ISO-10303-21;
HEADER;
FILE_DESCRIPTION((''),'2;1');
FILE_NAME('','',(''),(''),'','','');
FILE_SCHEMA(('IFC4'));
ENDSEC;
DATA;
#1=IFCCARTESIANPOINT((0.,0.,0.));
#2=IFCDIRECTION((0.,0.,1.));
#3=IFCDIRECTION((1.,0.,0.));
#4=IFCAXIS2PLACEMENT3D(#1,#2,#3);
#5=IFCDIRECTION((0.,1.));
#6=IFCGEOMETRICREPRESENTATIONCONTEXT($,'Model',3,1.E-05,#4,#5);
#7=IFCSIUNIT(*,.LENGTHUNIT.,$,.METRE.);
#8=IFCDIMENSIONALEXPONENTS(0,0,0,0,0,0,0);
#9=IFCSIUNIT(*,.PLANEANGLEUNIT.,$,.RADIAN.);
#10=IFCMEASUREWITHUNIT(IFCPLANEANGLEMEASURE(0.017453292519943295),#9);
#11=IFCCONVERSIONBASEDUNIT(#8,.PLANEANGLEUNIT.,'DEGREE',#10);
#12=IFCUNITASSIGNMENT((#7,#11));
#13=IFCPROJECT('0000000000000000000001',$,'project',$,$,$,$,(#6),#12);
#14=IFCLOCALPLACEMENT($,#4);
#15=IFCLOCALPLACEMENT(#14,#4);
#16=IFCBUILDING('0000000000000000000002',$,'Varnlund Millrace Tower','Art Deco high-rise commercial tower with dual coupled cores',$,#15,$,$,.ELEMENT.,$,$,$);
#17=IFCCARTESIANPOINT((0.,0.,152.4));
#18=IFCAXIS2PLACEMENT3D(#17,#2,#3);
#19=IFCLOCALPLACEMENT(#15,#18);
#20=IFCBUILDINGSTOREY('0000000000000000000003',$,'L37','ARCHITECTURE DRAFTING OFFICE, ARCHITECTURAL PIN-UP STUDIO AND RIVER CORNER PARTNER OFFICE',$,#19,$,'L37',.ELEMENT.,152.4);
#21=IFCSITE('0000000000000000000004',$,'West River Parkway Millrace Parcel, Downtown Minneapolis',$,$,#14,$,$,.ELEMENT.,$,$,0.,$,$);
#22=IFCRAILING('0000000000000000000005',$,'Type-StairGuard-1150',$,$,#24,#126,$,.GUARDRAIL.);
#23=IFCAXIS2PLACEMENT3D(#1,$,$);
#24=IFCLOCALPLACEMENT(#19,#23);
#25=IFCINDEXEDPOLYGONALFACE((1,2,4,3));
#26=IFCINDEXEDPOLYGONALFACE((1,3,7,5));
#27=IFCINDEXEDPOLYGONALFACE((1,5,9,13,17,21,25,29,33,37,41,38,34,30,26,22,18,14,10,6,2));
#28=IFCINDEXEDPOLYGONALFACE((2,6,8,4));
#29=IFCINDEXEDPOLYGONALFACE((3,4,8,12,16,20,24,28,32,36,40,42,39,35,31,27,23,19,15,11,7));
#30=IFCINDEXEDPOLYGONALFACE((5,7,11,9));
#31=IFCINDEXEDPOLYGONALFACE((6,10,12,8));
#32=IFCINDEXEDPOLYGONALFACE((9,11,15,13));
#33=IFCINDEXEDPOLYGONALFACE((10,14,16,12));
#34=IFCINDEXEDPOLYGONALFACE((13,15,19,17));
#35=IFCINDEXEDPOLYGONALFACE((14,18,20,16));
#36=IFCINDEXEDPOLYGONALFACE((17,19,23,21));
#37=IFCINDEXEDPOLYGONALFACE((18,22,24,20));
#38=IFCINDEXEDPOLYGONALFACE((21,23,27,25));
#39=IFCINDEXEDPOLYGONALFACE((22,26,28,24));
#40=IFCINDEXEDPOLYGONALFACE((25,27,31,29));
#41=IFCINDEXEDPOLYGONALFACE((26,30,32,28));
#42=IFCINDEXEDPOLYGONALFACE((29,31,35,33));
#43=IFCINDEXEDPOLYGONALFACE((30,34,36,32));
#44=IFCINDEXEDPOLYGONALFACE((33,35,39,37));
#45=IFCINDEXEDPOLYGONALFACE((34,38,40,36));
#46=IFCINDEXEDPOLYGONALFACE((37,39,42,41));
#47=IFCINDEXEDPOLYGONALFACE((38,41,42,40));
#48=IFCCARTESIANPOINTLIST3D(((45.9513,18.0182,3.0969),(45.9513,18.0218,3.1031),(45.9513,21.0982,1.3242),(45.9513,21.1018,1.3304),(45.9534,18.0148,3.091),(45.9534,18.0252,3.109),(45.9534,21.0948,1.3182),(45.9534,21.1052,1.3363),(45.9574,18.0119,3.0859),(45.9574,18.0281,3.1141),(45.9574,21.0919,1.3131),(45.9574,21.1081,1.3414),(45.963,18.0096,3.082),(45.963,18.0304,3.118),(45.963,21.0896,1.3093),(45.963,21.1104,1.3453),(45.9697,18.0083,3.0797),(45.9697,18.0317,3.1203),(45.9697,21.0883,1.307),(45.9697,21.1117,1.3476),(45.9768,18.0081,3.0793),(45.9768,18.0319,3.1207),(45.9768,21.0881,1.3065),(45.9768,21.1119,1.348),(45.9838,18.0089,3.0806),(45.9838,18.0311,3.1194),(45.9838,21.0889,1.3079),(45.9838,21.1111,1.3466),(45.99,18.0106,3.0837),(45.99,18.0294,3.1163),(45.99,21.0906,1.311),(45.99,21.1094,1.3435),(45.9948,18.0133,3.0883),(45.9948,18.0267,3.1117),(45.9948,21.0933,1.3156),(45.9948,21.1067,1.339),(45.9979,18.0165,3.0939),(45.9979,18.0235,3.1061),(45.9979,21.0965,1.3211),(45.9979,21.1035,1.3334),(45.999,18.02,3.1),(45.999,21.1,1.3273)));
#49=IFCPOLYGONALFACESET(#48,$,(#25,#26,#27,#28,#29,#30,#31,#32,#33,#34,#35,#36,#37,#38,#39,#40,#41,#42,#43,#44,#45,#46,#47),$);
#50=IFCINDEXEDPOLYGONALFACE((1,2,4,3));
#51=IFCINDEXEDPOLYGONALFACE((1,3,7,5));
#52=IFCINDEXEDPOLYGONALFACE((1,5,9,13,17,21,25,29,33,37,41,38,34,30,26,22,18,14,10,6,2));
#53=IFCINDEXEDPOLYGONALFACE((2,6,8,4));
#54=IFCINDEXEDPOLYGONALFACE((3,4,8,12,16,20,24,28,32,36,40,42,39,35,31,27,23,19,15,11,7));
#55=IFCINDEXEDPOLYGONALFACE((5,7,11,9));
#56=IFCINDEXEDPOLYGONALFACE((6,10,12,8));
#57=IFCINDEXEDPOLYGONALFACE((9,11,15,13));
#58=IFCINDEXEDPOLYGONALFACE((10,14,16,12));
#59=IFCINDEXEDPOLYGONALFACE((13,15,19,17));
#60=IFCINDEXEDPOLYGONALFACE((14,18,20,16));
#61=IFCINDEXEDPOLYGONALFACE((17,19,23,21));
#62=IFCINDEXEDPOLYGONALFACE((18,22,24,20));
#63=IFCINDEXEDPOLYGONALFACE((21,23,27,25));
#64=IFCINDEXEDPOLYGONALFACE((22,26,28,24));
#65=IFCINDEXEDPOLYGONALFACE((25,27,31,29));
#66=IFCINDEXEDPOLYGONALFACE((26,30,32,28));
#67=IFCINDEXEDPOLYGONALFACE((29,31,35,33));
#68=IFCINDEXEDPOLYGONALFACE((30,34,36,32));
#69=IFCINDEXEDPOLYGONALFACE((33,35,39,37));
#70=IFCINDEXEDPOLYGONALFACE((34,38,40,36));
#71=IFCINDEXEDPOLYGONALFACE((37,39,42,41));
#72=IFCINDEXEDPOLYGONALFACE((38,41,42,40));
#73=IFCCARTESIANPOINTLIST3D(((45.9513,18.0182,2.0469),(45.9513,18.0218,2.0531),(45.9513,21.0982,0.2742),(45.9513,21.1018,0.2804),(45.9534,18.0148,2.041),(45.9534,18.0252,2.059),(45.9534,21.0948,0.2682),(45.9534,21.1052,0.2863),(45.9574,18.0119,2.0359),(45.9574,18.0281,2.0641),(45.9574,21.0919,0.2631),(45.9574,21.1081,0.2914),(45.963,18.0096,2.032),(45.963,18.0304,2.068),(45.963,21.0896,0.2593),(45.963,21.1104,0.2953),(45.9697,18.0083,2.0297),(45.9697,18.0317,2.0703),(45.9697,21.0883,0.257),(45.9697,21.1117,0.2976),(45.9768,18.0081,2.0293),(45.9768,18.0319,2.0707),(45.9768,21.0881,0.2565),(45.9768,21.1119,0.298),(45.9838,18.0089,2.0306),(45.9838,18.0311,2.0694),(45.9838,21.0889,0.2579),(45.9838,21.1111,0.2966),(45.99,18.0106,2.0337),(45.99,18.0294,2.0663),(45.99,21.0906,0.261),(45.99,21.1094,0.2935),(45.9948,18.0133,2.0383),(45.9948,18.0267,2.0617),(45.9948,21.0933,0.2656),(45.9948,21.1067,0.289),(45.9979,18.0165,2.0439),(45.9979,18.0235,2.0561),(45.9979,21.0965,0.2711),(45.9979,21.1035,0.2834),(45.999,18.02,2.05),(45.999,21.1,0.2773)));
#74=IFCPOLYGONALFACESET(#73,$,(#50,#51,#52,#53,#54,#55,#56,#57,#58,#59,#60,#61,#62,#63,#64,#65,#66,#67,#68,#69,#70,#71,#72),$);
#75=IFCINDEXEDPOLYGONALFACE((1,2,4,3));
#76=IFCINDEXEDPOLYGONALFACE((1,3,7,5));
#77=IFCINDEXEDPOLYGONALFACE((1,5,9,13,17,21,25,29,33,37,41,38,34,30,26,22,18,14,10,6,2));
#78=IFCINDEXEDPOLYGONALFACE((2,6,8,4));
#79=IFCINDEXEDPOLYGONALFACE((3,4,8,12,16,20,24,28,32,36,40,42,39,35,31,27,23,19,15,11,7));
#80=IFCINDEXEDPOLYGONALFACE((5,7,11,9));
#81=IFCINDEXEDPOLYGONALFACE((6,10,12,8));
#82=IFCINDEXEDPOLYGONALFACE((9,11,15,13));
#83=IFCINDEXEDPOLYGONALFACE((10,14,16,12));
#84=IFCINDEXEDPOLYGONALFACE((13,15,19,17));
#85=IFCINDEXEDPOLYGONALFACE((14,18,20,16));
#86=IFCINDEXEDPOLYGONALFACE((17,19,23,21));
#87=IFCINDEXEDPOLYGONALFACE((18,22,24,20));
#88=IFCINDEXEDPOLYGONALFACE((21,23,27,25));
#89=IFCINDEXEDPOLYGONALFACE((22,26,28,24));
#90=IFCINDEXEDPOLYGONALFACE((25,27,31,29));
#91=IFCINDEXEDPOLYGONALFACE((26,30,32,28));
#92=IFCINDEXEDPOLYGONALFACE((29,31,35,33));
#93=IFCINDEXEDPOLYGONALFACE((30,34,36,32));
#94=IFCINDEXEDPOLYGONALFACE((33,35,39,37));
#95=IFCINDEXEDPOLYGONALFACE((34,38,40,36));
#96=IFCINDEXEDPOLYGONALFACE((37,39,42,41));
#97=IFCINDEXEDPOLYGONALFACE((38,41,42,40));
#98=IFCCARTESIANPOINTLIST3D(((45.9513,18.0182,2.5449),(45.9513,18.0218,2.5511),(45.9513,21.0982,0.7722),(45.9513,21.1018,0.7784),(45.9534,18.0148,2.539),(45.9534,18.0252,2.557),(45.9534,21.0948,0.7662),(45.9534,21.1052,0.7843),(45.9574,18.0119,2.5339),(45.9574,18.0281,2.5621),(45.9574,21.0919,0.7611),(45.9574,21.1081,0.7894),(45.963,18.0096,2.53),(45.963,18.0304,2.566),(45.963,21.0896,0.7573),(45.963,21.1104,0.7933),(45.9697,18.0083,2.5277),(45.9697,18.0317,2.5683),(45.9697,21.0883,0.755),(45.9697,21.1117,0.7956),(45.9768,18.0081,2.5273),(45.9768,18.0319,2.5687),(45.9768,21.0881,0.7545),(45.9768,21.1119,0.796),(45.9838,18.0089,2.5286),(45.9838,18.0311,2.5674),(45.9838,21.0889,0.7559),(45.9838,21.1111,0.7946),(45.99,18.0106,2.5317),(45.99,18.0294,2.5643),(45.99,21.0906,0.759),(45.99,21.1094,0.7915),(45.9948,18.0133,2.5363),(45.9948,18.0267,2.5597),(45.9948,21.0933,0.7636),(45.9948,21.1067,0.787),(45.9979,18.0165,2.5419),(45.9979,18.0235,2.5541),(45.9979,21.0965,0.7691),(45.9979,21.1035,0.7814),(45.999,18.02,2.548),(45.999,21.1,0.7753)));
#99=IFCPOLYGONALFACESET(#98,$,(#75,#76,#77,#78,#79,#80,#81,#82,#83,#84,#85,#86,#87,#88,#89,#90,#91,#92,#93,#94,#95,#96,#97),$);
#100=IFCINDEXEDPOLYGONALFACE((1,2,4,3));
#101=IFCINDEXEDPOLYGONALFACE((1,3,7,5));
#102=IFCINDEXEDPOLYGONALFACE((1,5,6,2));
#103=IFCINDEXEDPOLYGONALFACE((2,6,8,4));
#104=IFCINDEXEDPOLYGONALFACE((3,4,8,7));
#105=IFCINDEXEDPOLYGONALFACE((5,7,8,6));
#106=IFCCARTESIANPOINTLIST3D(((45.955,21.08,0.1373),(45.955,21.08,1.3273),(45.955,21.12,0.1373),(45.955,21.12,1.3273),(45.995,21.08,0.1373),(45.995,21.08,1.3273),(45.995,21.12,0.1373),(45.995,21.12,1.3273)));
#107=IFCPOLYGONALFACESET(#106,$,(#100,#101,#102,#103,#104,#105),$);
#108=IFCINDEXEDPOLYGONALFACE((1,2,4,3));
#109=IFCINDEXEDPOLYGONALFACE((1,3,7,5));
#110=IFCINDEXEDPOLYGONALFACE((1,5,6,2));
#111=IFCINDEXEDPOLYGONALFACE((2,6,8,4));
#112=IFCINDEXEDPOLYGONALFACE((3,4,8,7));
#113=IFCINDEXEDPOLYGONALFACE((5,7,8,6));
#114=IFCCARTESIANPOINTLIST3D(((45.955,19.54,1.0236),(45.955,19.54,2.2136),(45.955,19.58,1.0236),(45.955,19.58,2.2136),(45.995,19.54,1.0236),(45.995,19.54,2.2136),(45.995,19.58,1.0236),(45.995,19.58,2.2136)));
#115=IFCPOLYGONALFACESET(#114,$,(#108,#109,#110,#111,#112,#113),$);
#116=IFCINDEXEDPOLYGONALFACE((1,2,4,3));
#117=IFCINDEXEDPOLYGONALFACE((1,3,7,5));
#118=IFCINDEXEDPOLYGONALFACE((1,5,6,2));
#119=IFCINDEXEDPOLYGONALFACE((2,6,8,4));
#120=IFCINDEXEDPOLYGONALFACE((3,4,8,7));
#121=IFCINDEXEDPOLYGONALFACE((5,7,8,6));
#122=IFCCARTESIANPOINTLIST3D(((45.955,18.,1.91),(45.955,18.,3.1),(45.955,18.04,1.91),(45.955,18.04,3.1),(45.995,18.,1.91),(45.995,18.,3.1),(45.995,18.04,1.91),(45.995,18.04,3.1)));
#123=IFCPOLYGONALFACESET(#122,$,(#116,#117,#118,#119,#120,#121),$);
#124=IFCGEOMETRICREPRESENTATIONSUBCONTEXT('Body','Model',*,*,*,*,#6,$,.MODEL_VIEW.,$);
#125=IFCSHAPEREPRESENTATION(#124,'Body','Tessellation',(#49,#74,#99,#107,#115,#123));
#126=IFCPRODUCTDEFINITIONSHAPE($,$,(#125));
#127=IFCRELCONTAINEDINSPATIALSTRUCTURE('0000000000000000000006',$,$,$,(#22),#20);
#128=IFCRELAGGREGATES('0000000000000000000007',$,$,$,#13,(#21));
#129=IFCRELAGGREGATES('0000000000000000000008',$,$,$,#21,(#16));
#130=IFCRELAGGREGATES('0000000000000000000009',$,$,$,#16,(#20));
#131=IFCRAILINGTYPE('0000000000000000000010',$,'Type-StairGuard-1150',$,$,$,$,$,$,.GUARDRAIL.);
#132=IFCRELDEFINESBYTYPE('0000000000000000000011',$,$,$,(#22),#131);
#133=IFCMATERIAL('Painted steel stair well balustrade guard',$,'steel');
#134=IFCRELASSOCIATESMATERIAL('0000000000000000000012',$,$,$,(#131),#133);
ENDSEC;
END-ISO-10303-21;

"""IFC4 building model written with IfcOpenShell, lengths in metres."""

from ifc_helpers import new_model, entity, si_unit, converted_unit, direction, frame, origin_with_axes, origin_2d_with_axis, place, context, subcontext, project, spatial, rectangle, circle, extrude, material, type_object, element, save


model = new_model("IFC4")

# Units and contexts
model_context = context("Model", 3, precision=1e-05, world=origin_with_axes(), true_north=direction((0.0, 1.0)))
body_context = subcontext(model_context, "Body", "Model", "MODEL_VIEW")
ifc_project = project(units=[si_unit("LENGTHUNIT", "METRE"), converted_unit("PLANEANGLEUNIT", "DEGREE", entity("IfcPlaneAngleMeasure", 0.017453292519943295), si_unit("PLANEANGLEUNIT", "RADIAN"), dimensions=[0, 0, 0, 0, 0, 0, 0])], contexts=[model_context])

# Site, building, storey
site_placement = place(None, origin_with_axes())
site = spatial("IfcSite", under=ifc_project, at=site_placement, Name="West River Parkway Millrace Parcel, Downtown Minneapolis", CompositionType="ELEMENT", RefElevation=0.0)
building_placement = place(site_placement, origin_with_axes())
building = spatial("IfcBuilding", under=site, at=building_placement, Name="Varnlund Millrace Tower", Description="Art Deco high-rise commercial tower with dual coupled cores", CompositionType="ELEMENT")
storey_placement = place(building_placement, frame((0.0, 0.0, 152.4), z_axis=(0.0, 0.0, 1.0), x_axis=(1.0, 0.0, 0.0)))
storey = spatial("IfcBuildingStorey", under=building, at=storey_placement, Name="L37", Description="ARCHITECTURE DRAFTING OFFICE, ARCHITECTURAL PIN-UP STUDIO AND RIVER CORNER PARTNER OFFICE", LongName="L37", CompositionType="ELEMENT", Elevation=152.4)

# Railing
ifc_material_1 = material(Name="Painted steel stair well balustrade guard", Category="steel")
railing_type_1 = type_object("IfcRailingType", Name="Type-StairGuard-1150", PredefinedType="GUARDRAIL", material=ifc_material_1)
railing_1_placement = place(storey_placement, frame((0.0, 0.0, -152.4), z_axis=(0.0, 0.0, 1.0), x_axis=(1.0, 0.0, 0.0)))
element("IfcRailing", 1, at=railing_1_placement, inside=storey, type_object=railing_type_1, Name="Type-StairGuard-1150", PredefinedType="GUARDRAIL", context=body_context, shape_type="SweptSolid", body=[
    extrude(circle(Radius=0.024, at=origin_2d_with_axis()), frame((45.975, 21.1, 153.7273), z_axis=(0.0, -0.866696, 0.498836), x_axis=(1.0, 0.0, 0.0)), (0.0, 0.0, 1.0), 3.5537),
    extrude(circle(Radius=0.024, at=origin_2d_with_axis()), frame((45.975, 21.1, 152.6773), z_axis=(0.0, -0.866696, 0.498836), x_axis=(1.0, 0.0, 0.0)), (0.0, 0.0, 1.0), 3.5537),
    extrude(circle(Radius=0.024, at=origin_2d_with_axis()), frame((45.975, 21.1, 153.1753), z_axis=(0.0, -0.866696, 0.498836), x_axis=(1.0, 0.0, 0.0)), (0.0, 0.0, 1.0), 3.5537),
    extrude(rectangle(XDim=0.04, YDim=0.04, at=origin_2d_with_axis()), frame((45.975, 21.1, 152.5373), z_axis=(0.0, 0.0, 1.0), x_axis=(1.0, 0.0, 0.0)), (0.0, 0.0, 1.0), 1.19),
    extrude(rectangle(XDim=0.04, YDim=0.04, at=origin_2d_with_axis()), frame((45.975, 19.56, 153.4236), z_axis=(0.0, 0.0, 1.0), x_axis=(1.0, 0.0, 0.0)), (0.0, 0.0, 1.0), 1.19),
    extrude(rectangle(XDim=0.04, YDim=0.04, at=origin_2d_with_axis()), frame((45.975, 18.02, 154.31), z_axis=(0.0, 0.0, 1.0), x_axis=(1.0, 0.0, 0.0)), (0.0, 0.0, 1.0), 1.19),
])

save(model, "model.ifc")
